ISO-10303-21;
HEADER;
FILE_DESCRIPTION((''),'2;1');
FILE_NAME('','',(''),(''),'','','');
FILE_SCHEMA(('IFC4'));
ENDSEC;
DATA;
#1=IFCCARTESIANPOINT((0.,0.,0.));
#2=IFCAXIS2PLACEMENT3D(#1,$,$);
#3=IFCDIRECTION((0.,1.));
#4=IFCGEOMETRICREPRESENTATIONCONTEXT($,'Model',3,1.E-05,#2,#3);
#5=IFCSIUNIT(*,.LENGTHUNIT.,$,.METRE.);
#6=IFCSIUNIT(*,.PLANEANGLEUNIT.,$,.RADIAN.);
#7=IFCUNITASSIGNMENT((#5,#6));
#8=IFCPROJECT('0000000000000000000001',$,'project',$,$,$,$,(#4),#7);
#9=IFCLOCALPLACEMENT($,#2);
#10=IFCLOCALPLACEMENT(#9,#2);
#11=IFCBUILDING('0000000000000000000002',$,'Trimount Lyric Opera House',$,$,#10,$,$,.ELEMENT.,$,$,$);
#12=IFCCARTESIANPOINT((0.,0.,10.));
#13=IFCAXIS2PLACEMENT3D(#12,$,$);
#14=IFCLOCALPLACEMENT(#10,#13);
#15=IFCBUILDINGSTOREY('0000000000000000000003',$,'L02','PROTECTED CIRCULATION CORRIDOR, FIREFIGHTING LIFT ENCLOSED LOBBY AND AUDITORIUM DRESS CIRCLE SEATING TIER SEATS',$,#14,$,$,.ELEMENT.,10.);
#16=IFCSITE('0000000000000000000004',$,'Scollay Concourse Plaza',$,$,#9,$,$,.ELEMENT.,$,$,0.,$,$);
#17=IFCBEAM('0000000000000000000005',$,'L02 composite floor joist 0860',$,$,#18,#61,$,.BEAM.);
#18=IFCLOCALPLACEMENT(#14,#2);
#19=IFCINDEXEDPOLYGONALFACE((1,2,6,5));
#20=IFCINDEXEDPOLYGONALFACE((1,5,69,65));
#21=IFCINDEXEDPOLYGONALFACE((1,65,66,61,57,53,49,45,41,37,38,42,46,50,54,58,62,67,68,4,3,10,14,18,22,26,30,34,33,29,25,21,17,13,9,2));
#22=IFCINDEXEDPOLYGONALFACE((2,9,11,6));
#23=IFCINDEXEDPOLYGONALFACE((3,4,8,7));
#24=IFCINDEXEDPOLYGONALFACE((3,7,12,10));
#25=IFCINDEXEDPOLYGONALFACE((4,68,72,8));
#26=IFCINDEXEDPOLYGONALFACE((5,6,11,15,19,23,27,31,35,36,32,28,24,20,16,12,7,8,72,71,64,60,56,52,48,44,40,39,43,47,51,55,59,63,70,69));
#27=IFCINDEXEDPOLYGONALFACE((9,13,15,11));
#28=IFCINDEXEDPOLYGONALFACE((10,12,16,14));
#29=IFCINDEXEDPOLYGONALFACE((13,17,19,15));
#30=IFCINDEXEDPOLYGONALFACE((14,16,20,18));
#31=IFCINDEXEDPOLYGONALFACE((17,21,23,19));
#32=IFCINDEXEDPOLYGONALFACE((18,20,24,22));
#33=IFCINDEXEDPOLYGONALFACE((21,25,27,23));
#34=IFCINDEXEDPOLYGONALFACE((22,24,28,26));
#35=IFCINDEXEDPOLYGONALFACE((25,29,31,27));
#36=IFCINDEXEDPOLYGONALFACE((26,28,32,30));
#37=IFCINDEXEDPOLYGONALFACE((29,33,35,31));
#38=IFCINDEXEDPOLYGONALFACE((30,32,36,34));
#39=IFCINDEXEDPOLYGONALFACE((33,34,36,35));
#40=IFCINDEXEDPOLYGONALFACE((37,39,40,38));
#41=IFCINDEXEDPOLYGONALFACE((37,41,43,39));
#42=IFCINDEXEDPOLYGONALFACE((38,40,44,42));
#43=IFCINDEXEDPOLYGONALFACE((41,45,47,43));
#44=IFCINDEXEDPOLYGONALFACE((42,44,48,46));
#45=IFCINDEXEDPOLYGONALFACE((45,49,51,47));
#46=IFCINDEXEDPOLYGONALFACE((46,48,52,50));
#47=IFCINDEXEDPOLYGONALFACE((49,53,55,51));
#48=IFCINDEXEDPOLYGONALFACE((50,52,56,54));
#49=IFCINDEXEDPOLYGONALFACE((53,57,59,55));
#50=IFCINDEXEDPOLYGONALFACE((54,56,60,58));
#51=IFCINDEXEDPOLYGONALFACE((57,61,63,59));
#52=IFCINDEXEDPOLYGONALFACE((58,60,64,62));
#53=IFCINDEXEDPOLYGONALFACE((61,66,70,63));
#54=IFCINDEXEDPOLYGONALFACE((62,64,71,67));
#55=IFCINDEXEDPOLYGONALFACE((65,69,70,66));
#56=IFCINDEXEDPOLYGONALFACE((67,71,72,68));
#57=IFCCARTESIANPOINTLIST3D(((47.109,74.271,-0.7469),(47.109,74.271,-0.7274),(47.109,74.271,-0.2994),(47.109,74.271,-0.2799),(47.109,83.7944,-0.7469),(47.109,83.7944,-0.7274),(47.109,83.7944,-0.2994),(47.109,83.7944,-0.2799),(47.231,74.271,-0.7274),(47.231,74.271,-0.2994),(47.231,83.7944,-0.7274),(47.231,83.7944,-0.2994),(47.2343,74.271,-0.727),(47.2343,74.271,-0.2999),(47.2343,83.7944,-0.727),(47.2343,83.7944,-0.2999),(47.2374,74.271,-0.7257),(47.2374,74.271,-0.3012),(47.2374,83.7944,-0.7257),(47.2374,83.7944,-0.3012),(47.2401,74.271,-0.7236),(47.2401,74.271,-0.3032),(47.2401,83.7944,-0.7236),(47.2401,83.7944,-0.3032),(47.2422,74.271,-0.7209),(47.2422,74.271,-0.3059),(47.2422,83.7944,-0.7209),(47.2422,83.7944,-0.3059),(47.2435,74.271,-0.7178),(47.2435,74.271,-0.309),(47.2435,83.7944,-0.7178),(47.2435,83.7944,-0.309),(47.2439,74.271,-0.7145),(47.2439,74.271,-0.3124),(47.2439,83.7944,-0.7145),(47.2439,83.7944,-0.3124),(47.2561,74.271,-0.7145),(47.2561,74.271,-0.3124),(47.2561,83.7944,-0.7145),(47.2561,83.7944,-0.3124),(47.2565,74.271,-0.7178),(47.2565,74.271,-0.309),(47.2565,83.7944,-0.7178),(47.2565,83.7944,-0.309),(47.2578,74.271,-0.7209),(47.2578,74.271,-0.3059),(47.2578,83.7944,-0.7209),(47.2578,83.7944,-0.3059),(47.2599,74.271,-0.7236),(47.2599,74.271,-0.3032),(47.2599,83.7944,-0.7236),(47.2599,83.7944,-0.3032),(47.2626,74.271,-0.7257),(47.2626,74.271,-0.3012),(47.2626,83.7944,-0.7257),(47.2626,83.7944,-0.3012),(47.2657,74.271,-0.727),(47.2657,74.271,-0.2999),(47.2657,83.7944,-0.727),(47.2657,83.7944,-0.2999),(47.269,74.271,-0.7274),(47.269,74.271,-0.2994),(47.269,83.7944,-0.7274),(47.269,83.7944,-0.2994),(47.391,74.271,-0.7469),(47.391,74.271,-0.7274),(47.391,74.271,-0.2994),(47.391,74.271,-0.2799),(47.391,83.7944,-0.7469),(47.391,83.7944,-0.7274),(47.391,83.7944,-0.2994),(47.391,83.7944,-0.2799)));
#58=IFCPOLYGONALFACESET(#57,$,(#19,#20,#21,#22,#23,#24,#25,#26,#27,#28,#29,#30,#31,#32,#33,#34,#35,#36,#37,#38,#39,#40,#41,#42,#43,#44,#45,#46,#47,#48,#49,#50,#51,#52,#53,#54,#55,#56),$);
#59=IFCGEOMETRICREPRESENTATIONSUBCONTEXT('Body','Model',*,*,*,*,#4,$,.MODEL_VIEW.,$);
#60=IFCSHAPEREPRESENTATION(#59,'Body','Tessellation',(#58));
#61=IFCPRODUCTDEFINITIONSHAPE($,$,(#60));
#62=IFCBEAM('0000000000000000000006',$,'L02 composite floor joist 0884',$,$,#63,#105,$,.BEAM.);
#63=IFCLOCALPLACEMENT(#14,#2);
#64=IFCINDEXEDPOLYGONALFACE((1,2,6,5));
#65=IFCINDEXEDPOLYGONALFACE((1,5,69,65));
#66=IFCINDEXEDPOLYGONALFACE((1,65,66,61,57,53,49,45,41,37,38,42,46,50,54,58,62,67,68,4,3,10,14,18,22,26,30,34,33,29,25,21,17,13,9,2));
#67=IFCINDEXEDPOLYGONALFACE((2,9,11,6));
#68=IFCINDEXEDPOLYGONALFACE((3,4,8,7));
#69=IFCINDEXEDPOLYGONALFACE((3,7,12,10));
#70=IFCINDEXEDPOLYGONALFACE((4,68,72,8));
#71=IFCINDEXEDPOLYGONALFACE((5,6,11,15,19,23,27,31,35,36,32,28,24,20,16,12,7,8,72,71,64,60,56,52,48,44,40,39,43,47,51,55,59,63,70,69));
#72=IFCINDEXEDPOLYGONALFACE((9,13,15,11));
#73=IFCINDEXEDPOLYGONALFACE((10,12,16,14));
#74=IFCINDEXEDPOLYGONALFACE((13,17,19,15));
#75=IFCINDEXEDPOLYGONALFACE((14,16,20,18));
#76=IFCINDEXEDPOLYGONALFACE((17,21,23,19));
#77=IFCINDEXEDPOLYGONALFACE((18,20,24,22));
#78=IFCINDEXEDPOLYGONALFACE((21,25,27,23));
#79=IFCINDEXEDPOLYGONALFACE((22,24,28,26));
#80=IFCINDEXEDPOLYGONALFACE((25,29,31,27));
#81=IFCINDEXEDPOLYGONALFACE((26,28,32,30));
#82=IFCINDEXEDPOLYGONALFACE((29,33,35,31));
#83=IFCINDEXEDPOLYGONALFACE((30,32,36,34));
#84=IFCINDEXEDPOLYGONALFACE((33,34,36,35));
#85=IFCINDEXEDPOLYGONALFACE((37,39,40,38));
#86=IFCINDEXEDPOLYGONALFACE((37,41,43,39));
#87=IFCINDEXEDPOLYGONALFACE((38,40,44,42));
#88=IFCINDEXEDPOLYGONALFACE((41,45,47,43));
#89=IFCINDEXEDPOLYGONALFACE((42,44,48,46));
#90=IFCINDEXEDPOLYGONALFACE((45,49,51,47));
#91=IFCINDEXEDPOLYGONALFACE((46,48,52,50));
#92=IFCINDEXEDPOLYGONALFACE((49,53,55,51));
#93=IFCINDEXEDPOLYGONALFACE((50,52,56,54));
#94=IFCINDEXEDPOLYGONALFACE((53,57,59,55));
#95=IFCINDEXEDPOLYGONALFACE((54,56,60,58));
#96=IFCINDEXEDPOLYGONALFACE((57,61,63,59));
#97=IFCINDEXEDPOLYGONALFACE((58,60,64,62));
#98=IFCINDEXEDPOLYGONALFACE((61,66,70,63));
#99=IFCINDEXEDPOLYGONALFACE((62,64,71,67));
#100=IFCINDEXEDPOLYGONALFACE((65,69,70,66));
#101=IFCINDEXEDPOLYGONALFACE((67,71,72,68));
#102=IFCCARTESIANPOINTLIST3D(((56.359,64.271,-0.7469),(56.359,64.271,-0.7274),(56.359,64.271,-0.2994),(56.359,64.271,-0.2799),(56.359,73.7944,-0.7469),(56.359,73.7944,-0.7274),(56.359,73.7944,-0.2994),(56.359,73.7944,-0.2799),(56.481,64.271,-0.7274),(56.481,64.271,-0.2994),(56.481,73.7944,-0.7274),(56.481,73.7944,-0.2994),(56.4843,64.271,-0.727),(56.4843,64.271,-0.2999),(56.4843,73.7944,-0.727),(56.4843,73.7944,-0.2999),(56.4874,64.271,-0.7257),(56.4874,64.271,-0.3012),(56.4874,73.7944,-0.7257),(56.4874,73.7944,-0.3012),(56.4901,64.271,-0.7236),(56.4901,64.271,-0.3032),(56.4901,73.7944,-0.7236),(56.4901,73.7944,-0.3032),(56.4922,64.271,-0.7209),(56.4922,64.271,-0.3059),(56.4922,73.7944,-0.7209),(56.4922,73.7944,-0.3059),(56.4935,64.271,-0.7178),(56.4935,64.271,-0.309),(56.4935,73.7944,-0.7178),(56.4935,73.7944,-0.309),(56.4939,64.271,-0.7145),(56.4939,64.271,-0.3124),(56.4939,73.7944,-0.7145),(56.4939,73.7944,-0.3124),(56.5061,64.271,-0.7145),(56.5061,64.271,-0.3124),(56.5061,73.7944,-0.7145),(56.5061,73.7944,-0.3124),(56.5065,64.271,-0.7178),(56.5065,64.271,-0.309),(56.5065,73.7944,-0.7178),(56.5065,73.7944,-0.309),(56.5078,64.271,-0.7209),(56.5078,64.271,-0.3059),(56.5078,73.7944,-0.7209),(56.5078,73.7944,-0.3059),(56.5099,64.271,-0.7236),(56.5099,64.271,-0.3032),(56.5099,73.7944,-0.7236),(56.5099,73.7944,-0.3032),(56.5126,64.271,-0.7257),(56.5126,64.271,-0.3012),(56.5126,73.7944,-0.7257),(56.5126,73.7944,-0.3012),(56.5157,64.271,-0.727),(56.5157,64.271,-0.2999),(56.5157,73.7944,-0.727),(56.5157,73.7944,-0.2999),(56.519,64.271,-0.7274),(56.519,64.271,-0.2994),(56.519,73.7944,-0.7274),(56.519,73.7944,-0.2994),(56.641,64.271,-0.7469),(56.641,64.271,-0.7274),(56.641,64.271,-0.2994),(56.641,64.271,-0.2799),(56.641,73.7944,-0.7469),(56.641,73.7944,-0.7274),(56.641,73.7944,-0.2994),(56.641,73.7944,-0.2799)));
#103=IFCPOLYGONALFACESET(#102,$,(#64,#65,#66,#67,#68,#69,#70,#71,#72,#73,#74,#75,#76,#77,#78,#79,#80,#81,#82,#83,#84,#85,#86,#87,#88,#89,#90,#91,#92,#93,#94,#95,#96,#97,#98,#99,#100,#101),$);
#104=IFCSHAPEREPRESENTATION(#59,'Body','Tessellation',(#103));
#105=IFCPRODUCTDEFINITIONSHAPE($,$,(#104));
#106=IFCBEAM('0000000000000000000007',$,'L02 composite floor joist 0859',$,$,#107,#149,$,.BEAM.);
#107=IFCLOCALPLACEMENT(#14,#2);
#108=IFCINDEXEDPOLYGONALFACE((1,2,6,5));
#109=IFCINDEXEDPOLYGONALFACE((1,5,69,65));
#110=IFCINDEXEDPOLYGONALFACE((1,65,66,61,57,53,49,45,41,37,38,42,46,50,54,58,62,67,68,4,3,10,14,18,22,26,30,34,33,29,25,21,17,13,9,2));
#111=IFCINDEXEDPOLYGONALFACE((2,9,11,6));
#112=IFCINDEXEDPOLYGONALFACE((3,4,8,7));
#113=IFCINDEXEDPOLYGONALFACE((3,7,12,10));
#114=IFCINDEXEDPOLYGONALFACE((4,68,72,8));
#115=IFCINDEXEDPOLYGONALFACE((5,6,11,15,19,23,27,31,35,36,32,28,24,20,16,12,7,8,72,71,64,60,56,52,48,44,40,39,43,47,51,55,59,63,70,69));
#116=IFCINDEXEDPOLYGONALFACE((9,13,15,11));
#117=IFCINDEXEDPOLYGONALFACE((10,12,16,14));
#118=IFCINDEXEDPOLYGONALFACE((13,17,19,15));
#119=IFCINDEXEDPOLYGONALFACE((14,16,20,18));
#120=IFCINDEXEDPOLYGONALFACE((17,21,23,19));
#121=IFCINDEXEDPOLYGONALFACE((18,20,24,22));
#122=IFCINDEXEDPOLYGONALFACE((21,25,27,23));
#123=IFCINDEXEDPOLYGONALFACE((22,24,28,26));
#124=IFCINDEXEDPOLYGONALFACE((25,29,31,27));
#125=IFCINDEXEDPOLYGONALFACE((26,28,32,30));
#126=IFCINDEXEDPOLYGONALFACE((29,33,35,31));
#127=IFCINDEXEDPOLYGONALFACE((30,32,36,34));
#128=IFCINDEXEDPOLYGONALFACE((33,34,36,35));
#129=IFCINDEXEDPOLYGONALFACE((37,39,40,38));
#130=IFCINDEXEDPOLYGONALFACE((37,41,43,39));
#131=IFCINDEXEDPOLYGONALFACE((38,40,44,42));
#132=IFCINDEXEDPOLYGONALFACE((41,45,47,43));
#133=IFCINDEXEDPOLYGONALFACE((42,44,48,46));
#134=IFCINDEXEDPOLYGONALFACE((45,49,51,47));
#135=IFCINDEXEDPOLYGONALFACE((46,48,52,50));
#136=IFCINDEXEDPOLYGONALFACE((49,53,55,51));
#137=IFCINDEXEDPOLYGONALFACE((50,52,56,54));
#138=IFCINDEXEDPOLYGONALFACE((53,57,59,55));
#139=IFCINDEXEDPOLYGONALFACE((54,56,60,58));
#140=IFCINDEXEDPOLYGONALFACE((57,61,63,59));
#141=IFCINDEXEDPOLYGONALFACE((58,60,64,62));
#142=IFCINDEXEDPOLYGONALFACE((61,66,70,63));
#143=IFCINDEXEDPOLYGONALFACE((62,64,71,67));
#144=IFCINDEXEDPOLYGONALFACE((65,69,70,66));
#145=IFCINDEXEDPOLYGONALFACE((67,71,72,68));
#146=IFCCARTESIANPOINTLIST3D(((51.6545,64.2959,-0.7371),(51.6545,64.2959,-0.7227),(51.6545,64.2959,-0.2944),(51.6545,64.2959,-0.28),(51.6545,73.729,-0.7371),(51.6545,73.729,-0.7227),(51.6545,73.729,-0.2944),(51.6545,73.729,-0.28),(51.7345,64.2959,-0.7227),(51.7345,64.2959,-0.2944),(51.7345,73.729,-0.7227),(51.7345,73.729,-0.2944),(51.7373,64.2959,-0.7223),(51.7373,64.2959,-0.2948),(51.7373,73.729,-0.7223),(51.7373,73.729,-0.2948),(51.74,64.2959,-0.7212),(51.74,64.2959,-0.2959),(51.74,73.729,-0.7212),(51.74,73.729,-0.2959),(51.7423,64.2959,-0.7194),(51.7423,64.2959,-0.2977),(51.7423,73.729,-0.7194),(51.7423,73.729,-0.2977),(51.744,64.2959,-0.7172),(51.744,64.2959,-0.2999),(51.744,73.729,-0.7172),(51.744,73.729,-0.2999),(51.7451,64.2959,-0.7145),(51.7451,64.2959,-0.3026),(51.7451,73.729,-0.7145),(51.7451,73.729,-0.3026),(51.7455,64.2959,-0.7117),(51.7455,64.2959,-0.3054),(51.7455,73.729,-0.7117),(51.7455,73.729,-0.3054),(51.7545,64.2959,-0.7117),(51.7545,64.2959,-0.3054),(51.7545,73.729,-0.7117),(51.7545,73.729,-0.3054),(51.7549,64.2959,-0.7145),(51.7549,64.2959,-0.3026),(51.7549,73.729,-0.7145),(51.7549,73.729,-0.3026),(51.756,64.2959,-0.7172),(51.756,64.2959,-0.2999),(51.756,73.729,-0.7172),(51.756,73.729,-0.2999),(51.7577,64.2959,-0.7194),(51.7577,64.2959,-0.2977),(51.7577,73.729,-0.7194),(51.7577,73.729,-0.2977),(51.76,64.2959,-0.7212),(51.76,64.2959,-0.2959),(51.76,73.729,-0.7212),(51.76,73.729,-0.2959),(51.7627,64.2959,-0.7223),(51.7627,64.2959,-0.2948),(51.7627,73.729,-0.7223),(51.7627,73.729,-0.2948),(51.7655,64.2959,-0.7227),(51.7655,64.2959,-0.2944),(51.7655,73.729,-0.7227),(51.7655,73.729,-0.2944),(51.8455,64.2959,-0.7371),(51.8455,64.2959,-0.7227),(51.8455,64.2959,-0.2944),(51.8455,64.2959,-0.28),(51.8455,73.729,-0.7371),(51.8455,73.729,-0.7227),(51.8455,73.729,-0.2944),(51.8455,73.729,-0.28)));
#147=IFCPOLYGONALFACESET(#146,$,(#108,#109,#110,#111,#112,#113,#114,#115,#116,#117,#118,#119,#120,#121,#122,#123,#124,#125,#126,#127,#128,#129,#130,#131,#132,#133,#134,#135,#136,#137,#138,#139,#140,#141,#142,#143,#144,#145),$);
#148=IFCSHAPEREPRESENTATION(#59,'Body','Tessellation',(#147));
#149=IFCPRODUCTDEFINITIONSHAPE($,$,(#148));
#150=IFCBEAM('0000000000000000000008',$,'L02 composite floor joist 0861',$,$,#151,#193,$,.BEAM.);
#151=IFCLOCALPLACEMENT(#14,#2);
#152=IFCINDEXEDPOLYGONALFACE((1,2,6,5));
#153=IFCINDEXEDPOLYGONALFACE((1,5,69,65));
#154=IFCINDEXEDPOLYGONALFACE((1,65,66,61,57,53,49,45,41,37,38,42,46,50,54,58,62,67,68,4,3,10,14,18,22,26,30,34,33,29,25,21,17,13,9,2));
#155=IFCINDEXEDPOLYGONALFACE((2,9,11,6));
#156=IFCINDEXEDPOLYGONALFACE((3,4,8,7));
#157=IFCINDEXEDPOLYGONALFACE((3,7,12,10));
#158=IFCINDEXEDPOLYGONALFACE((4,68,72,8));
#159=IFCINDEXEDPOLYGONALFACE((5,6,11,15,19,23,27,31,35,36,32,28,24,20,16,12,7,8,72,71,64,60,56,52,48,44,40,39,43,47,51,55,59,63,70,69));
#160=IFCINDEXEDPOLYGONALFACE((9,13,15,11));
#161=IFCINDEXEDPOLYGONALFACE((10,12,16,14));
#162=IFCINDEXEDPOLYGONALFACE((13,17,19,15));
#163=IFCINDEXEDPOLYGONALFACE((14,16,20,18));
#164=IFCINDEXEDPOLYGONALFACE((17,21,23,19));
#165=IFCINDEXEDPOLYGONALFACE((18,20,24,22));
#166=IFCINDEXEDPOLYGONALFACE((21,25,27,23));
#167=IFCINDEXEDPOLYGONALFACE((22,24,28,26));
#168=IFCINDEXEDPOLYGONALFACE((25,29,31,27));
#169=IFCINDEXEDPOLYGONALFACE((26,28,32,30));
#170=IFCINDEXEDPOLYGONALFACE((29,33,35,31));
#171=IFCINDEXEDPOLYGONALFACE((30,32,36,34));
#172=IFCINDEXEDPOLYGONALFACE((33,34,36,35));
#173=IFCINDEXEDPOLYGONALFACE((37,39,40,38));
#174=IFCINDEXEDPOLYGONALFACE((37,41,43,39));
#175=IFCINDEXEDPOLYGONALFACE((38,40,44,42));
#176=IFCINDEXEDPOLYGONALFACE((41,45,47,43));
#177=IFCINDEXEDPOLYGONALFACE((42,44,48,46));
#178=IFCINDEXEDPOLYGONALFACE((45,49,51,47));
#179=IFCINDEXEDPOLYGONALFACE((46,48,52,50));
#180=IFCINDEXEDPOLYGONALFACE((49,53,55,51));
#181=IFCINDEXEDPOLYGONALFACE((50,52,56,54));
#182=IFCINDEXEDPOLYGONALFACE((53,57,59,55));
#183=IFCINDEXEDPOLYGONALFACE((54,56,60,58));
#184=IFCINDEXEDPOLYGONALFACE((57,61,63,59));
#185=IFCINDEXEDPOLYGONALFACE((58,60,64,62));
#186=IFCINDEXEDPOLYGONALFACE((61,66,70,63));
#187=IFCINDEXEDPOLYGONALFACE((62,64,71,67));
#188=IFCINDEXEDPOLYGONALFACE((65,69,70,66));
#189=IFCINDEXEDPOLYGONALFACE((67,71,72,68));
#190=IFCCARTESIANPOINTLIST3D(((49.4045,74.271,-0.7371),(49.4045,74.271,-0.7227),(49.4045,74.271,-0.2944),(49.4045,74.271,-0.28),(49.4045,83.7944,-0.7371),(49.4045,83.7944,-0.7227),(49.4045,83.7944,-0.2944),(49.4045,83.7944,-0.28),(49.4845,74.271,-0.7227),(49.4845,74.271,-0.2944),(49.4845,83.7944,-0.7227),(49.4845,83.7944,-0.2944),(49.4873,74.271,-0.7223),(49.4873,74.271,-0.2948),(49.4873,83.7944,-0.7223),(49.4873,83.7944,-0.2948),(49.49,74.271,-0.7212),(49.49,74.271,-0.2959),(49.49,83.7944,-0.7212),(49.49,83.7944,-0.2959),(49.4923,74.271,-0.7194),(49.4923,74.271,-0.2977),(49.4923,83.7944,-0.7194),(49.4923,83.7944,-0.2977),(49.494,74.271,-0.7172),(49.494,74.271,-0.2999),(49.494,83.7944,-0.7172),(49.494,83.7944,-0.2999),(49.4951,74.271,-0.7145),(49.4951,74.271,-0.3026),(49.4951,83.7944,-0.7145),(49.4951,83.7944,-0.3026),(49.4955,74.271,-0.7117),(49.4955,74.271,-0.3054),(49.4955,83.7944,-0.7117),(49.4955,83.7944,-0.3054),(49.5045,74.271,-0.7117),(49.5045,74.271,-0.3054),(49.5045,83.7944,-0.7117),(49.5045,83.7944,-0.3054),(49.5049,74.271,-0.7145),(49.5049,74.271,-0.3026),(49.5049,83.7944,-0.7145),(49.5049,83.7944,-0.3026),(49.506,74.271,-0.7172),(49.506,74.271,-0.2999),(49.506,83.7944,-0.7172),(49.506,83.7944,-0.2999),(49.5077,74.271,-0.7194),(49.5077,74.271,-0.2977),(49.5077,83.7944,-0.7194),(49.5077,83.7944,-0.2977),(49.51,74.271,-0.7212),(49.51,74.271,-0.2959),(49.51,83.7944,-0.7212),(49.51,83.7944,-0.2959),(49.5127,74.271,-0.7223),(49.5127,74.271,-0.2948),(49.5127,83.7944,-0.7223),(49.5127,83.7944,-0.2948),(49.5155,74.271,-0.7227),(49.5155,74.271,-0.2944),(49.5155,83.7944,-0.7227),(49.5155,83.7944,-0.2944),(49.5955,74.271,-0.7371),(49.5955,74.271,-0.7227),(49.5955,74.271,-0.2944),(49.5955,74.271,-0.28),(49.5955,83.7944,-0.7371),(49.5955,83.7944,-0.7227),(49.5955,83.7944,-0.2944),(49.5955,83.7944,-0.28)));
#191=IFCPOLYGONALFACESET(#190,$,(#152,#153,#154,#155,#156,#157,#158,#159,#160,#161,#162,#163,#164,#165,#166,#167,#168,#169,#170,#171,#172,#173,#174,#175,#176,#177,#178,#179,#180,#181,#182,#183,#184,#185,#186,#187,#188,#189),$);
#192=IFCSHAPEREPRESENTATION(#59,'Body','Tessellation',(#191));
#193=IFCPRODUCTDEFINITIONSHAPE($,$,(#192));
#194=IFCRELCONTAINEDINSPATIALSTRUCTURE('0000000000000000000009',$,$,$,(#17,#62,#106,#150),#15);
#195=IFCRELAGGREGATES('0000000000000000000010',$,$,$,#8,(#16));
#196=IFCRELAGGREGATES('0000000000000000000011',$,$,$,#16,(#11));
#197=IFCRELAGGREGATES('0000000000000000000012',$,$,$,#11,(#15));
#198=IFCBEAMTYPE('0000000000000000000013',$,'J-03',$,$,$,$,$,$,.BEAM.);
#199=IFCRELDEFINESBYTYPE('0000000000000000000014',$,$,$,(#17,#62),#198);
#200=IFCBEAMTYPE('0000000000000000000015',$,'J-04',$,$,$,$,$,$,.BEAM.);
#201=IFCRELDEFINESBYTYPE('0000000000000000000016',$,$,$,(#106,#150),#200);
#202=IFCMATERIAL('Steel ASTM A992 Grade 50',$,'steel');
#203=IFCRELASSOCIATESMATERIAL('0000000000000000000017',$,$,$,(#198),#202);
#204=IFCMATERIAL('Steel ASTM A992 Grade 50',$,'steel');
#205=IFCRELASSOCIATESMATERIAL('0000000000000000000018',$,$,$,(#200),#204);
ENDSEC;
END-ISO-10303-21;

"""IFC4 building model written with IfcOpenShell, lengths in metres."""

from ifc_helpers import new_model, si_unit, direction, frame, origin, origin_2d, place, context, subcontext, project, spatial, i_section, extrude, material, material_profile, profile_set, type_object, element, save


model = new_model("IFC4")

# Units and contexts
model_context = context("Model", 3, precision=1e-05, world=origin(), true_north=direction((0.0, 1.0)))
body_context = subcontext(model_context, "Body", "Model", "MODEL_VIEW")
ifc_project = project(units=[si_unit("LENGTHUNIT", "METRE"), si_unit("PLANEANGLEUNIT", "RADIAN")], contexts=[model_context])

# Site, building, storey
site_placement = place(None, origin())
site = spatial("IfcSite", under=ifc_project, at=site_placement, Name="Scollay Concourse Plaza", CompositionType="ELEMENT", RefElevation=0.0)
building_placement = place(site_placement, origin())
building = spatial("IfcBuilding", under=site, at=building_placement, Name="Trimount Lyric Opera House", CompositionType="ELEMENT")
storey_placement = place(building_placement, frame((0.0, 0.0, 10.0)))
storey = spatial("IfcBuildingStorey", under=building, at=storey_placement, Name="L02", Description="PROTECTED CIRCULATION CORRIDOR, FIREFIGHTING LIFT ENCLOSED LOBBY AND AUDITORIUM DRESS CIRCLE SEATING TIER SEATS", CompositionType="ELEMENT", Elevation=10.0)

# Beams
ifc_material_1 = material(Name="Steel ASTM A992 Grade 50", Category="steel")
ifc_material_profile_1 = material_profile(ifc_material_1, i_section(OverallWidth=0.282, OverallDepth=0.467, WebThickness=0.0122, FlangeThickness=0.0195, FilletRadius=0.0129, at=origin_2d()), Name="W18X86")
ifc_profile_set_1 = profile_set([ifc_material_profile_1], Name="Steel ASTM A992 Grade 50")
beam_type_1 = type_object("IfcBeamType", Name="J-03", PredefinedType="BEAM", material=ifc_profile_set_1)
for number, where, z_axis, x_axis, name in (
    (1, (47.25, 74.271, -0.5134), (0.0, 1.0, 0.0), (-1.0, 0.0, 0.0), "L02 composite floor joist 0860"),
    (2, (56.5, 64.271, -0.5134), (0.0, 1.0, 0.0), (-1.0, 0.0, 0.0), "L02 composite floor joist 0884"),
):
    element("IfcBeam", number, at=place(storey_placement, frame(where, z_axis=z_axis, x_axis=x_axis)), inside=storey, type_object=beam_type_1, Name=name, PredefinedType="BEAM", context=body_context, shape_type="SweptSolid", body=[
        extrude(i_section(OverallWidth=0.282, OverallDepth=0.467, WebThickness=0.0122, FlangeThickness=0.0195, FilletRadius=0.0129, at=origin_2d()), origin(), (0.0, 0.0, 1.0), 9.5234),
    ])
ifc_material_2 = material(Name="Steel ASTM A992 Grade 50", Category="steel")
ifc_material_profile_2 = material_profile(ifc_material_2, i_section(OverallWidth=0.1909, OverallDepth=0.457, WebThickness=0.009, FlangeThickness=0.0144, FilletRadius=0.011, at=origin_2d()), Name="W18X50")
ifc_profile_set_2 = profile_set([ifc_material_profile_2], Name="Steel ASTM A992 Grade 50")
beam_type_2 = type_object("IfcBeamType", Name="J-04", PredefinedType="BEAM", material=ifc_profile_set_2)
beam_1_placement = place(storey_placement, frame((51.75, 64.2959, -0.5085), z_axis=(0.0, 1.0, 0.0), x_axis=(-1.0, 0.0, 0.0)))
element("IfcBeam", 3, at=beam_1_placement, inside=storey, type_object=beam_type_2, Name="L02 composite floor joist 0859", PredefinedType="BEAM", context=body_context, shape_type="SweptSolid", body=[
    extrude(i_section(OverallWidth=0.1909, OverallDepth=0.457, WebThickness=0.009, FlangeThickness=0.0144, FilletRadius=0.011, at=origin_2d()), origin(), (0.0, 0.0, 1.0), 9.4331),
])
for number, where, z_axis, x_axis, name in (
    (4, (49.5, 74.271, -0.5085), (0.0, 1.0, 0.0), (-1.0, 0.0, 0.0), "L02 composite floor joist 0861"),
):
    element("IfcBeam", number, at=place(storey_placement, frame(where, z_axis=z_axis, x_axis=x_axis)), inside=storey, type_object=beam_type_2, Name=name, PredefinedType="BEAM", context=body_context, shape_type="SweptSolid", body=[
        extrude(i_section(OverallWidth=0.1909, OverallDepth=0.457, WebThickness=0.009, FlangeThickness=0.0144, FilletRadius=0.011, at=origin_2d()), origin(), (0.0, 0.0, 1.0), 9.5234),
    ])

save(model, "model.ifc")
